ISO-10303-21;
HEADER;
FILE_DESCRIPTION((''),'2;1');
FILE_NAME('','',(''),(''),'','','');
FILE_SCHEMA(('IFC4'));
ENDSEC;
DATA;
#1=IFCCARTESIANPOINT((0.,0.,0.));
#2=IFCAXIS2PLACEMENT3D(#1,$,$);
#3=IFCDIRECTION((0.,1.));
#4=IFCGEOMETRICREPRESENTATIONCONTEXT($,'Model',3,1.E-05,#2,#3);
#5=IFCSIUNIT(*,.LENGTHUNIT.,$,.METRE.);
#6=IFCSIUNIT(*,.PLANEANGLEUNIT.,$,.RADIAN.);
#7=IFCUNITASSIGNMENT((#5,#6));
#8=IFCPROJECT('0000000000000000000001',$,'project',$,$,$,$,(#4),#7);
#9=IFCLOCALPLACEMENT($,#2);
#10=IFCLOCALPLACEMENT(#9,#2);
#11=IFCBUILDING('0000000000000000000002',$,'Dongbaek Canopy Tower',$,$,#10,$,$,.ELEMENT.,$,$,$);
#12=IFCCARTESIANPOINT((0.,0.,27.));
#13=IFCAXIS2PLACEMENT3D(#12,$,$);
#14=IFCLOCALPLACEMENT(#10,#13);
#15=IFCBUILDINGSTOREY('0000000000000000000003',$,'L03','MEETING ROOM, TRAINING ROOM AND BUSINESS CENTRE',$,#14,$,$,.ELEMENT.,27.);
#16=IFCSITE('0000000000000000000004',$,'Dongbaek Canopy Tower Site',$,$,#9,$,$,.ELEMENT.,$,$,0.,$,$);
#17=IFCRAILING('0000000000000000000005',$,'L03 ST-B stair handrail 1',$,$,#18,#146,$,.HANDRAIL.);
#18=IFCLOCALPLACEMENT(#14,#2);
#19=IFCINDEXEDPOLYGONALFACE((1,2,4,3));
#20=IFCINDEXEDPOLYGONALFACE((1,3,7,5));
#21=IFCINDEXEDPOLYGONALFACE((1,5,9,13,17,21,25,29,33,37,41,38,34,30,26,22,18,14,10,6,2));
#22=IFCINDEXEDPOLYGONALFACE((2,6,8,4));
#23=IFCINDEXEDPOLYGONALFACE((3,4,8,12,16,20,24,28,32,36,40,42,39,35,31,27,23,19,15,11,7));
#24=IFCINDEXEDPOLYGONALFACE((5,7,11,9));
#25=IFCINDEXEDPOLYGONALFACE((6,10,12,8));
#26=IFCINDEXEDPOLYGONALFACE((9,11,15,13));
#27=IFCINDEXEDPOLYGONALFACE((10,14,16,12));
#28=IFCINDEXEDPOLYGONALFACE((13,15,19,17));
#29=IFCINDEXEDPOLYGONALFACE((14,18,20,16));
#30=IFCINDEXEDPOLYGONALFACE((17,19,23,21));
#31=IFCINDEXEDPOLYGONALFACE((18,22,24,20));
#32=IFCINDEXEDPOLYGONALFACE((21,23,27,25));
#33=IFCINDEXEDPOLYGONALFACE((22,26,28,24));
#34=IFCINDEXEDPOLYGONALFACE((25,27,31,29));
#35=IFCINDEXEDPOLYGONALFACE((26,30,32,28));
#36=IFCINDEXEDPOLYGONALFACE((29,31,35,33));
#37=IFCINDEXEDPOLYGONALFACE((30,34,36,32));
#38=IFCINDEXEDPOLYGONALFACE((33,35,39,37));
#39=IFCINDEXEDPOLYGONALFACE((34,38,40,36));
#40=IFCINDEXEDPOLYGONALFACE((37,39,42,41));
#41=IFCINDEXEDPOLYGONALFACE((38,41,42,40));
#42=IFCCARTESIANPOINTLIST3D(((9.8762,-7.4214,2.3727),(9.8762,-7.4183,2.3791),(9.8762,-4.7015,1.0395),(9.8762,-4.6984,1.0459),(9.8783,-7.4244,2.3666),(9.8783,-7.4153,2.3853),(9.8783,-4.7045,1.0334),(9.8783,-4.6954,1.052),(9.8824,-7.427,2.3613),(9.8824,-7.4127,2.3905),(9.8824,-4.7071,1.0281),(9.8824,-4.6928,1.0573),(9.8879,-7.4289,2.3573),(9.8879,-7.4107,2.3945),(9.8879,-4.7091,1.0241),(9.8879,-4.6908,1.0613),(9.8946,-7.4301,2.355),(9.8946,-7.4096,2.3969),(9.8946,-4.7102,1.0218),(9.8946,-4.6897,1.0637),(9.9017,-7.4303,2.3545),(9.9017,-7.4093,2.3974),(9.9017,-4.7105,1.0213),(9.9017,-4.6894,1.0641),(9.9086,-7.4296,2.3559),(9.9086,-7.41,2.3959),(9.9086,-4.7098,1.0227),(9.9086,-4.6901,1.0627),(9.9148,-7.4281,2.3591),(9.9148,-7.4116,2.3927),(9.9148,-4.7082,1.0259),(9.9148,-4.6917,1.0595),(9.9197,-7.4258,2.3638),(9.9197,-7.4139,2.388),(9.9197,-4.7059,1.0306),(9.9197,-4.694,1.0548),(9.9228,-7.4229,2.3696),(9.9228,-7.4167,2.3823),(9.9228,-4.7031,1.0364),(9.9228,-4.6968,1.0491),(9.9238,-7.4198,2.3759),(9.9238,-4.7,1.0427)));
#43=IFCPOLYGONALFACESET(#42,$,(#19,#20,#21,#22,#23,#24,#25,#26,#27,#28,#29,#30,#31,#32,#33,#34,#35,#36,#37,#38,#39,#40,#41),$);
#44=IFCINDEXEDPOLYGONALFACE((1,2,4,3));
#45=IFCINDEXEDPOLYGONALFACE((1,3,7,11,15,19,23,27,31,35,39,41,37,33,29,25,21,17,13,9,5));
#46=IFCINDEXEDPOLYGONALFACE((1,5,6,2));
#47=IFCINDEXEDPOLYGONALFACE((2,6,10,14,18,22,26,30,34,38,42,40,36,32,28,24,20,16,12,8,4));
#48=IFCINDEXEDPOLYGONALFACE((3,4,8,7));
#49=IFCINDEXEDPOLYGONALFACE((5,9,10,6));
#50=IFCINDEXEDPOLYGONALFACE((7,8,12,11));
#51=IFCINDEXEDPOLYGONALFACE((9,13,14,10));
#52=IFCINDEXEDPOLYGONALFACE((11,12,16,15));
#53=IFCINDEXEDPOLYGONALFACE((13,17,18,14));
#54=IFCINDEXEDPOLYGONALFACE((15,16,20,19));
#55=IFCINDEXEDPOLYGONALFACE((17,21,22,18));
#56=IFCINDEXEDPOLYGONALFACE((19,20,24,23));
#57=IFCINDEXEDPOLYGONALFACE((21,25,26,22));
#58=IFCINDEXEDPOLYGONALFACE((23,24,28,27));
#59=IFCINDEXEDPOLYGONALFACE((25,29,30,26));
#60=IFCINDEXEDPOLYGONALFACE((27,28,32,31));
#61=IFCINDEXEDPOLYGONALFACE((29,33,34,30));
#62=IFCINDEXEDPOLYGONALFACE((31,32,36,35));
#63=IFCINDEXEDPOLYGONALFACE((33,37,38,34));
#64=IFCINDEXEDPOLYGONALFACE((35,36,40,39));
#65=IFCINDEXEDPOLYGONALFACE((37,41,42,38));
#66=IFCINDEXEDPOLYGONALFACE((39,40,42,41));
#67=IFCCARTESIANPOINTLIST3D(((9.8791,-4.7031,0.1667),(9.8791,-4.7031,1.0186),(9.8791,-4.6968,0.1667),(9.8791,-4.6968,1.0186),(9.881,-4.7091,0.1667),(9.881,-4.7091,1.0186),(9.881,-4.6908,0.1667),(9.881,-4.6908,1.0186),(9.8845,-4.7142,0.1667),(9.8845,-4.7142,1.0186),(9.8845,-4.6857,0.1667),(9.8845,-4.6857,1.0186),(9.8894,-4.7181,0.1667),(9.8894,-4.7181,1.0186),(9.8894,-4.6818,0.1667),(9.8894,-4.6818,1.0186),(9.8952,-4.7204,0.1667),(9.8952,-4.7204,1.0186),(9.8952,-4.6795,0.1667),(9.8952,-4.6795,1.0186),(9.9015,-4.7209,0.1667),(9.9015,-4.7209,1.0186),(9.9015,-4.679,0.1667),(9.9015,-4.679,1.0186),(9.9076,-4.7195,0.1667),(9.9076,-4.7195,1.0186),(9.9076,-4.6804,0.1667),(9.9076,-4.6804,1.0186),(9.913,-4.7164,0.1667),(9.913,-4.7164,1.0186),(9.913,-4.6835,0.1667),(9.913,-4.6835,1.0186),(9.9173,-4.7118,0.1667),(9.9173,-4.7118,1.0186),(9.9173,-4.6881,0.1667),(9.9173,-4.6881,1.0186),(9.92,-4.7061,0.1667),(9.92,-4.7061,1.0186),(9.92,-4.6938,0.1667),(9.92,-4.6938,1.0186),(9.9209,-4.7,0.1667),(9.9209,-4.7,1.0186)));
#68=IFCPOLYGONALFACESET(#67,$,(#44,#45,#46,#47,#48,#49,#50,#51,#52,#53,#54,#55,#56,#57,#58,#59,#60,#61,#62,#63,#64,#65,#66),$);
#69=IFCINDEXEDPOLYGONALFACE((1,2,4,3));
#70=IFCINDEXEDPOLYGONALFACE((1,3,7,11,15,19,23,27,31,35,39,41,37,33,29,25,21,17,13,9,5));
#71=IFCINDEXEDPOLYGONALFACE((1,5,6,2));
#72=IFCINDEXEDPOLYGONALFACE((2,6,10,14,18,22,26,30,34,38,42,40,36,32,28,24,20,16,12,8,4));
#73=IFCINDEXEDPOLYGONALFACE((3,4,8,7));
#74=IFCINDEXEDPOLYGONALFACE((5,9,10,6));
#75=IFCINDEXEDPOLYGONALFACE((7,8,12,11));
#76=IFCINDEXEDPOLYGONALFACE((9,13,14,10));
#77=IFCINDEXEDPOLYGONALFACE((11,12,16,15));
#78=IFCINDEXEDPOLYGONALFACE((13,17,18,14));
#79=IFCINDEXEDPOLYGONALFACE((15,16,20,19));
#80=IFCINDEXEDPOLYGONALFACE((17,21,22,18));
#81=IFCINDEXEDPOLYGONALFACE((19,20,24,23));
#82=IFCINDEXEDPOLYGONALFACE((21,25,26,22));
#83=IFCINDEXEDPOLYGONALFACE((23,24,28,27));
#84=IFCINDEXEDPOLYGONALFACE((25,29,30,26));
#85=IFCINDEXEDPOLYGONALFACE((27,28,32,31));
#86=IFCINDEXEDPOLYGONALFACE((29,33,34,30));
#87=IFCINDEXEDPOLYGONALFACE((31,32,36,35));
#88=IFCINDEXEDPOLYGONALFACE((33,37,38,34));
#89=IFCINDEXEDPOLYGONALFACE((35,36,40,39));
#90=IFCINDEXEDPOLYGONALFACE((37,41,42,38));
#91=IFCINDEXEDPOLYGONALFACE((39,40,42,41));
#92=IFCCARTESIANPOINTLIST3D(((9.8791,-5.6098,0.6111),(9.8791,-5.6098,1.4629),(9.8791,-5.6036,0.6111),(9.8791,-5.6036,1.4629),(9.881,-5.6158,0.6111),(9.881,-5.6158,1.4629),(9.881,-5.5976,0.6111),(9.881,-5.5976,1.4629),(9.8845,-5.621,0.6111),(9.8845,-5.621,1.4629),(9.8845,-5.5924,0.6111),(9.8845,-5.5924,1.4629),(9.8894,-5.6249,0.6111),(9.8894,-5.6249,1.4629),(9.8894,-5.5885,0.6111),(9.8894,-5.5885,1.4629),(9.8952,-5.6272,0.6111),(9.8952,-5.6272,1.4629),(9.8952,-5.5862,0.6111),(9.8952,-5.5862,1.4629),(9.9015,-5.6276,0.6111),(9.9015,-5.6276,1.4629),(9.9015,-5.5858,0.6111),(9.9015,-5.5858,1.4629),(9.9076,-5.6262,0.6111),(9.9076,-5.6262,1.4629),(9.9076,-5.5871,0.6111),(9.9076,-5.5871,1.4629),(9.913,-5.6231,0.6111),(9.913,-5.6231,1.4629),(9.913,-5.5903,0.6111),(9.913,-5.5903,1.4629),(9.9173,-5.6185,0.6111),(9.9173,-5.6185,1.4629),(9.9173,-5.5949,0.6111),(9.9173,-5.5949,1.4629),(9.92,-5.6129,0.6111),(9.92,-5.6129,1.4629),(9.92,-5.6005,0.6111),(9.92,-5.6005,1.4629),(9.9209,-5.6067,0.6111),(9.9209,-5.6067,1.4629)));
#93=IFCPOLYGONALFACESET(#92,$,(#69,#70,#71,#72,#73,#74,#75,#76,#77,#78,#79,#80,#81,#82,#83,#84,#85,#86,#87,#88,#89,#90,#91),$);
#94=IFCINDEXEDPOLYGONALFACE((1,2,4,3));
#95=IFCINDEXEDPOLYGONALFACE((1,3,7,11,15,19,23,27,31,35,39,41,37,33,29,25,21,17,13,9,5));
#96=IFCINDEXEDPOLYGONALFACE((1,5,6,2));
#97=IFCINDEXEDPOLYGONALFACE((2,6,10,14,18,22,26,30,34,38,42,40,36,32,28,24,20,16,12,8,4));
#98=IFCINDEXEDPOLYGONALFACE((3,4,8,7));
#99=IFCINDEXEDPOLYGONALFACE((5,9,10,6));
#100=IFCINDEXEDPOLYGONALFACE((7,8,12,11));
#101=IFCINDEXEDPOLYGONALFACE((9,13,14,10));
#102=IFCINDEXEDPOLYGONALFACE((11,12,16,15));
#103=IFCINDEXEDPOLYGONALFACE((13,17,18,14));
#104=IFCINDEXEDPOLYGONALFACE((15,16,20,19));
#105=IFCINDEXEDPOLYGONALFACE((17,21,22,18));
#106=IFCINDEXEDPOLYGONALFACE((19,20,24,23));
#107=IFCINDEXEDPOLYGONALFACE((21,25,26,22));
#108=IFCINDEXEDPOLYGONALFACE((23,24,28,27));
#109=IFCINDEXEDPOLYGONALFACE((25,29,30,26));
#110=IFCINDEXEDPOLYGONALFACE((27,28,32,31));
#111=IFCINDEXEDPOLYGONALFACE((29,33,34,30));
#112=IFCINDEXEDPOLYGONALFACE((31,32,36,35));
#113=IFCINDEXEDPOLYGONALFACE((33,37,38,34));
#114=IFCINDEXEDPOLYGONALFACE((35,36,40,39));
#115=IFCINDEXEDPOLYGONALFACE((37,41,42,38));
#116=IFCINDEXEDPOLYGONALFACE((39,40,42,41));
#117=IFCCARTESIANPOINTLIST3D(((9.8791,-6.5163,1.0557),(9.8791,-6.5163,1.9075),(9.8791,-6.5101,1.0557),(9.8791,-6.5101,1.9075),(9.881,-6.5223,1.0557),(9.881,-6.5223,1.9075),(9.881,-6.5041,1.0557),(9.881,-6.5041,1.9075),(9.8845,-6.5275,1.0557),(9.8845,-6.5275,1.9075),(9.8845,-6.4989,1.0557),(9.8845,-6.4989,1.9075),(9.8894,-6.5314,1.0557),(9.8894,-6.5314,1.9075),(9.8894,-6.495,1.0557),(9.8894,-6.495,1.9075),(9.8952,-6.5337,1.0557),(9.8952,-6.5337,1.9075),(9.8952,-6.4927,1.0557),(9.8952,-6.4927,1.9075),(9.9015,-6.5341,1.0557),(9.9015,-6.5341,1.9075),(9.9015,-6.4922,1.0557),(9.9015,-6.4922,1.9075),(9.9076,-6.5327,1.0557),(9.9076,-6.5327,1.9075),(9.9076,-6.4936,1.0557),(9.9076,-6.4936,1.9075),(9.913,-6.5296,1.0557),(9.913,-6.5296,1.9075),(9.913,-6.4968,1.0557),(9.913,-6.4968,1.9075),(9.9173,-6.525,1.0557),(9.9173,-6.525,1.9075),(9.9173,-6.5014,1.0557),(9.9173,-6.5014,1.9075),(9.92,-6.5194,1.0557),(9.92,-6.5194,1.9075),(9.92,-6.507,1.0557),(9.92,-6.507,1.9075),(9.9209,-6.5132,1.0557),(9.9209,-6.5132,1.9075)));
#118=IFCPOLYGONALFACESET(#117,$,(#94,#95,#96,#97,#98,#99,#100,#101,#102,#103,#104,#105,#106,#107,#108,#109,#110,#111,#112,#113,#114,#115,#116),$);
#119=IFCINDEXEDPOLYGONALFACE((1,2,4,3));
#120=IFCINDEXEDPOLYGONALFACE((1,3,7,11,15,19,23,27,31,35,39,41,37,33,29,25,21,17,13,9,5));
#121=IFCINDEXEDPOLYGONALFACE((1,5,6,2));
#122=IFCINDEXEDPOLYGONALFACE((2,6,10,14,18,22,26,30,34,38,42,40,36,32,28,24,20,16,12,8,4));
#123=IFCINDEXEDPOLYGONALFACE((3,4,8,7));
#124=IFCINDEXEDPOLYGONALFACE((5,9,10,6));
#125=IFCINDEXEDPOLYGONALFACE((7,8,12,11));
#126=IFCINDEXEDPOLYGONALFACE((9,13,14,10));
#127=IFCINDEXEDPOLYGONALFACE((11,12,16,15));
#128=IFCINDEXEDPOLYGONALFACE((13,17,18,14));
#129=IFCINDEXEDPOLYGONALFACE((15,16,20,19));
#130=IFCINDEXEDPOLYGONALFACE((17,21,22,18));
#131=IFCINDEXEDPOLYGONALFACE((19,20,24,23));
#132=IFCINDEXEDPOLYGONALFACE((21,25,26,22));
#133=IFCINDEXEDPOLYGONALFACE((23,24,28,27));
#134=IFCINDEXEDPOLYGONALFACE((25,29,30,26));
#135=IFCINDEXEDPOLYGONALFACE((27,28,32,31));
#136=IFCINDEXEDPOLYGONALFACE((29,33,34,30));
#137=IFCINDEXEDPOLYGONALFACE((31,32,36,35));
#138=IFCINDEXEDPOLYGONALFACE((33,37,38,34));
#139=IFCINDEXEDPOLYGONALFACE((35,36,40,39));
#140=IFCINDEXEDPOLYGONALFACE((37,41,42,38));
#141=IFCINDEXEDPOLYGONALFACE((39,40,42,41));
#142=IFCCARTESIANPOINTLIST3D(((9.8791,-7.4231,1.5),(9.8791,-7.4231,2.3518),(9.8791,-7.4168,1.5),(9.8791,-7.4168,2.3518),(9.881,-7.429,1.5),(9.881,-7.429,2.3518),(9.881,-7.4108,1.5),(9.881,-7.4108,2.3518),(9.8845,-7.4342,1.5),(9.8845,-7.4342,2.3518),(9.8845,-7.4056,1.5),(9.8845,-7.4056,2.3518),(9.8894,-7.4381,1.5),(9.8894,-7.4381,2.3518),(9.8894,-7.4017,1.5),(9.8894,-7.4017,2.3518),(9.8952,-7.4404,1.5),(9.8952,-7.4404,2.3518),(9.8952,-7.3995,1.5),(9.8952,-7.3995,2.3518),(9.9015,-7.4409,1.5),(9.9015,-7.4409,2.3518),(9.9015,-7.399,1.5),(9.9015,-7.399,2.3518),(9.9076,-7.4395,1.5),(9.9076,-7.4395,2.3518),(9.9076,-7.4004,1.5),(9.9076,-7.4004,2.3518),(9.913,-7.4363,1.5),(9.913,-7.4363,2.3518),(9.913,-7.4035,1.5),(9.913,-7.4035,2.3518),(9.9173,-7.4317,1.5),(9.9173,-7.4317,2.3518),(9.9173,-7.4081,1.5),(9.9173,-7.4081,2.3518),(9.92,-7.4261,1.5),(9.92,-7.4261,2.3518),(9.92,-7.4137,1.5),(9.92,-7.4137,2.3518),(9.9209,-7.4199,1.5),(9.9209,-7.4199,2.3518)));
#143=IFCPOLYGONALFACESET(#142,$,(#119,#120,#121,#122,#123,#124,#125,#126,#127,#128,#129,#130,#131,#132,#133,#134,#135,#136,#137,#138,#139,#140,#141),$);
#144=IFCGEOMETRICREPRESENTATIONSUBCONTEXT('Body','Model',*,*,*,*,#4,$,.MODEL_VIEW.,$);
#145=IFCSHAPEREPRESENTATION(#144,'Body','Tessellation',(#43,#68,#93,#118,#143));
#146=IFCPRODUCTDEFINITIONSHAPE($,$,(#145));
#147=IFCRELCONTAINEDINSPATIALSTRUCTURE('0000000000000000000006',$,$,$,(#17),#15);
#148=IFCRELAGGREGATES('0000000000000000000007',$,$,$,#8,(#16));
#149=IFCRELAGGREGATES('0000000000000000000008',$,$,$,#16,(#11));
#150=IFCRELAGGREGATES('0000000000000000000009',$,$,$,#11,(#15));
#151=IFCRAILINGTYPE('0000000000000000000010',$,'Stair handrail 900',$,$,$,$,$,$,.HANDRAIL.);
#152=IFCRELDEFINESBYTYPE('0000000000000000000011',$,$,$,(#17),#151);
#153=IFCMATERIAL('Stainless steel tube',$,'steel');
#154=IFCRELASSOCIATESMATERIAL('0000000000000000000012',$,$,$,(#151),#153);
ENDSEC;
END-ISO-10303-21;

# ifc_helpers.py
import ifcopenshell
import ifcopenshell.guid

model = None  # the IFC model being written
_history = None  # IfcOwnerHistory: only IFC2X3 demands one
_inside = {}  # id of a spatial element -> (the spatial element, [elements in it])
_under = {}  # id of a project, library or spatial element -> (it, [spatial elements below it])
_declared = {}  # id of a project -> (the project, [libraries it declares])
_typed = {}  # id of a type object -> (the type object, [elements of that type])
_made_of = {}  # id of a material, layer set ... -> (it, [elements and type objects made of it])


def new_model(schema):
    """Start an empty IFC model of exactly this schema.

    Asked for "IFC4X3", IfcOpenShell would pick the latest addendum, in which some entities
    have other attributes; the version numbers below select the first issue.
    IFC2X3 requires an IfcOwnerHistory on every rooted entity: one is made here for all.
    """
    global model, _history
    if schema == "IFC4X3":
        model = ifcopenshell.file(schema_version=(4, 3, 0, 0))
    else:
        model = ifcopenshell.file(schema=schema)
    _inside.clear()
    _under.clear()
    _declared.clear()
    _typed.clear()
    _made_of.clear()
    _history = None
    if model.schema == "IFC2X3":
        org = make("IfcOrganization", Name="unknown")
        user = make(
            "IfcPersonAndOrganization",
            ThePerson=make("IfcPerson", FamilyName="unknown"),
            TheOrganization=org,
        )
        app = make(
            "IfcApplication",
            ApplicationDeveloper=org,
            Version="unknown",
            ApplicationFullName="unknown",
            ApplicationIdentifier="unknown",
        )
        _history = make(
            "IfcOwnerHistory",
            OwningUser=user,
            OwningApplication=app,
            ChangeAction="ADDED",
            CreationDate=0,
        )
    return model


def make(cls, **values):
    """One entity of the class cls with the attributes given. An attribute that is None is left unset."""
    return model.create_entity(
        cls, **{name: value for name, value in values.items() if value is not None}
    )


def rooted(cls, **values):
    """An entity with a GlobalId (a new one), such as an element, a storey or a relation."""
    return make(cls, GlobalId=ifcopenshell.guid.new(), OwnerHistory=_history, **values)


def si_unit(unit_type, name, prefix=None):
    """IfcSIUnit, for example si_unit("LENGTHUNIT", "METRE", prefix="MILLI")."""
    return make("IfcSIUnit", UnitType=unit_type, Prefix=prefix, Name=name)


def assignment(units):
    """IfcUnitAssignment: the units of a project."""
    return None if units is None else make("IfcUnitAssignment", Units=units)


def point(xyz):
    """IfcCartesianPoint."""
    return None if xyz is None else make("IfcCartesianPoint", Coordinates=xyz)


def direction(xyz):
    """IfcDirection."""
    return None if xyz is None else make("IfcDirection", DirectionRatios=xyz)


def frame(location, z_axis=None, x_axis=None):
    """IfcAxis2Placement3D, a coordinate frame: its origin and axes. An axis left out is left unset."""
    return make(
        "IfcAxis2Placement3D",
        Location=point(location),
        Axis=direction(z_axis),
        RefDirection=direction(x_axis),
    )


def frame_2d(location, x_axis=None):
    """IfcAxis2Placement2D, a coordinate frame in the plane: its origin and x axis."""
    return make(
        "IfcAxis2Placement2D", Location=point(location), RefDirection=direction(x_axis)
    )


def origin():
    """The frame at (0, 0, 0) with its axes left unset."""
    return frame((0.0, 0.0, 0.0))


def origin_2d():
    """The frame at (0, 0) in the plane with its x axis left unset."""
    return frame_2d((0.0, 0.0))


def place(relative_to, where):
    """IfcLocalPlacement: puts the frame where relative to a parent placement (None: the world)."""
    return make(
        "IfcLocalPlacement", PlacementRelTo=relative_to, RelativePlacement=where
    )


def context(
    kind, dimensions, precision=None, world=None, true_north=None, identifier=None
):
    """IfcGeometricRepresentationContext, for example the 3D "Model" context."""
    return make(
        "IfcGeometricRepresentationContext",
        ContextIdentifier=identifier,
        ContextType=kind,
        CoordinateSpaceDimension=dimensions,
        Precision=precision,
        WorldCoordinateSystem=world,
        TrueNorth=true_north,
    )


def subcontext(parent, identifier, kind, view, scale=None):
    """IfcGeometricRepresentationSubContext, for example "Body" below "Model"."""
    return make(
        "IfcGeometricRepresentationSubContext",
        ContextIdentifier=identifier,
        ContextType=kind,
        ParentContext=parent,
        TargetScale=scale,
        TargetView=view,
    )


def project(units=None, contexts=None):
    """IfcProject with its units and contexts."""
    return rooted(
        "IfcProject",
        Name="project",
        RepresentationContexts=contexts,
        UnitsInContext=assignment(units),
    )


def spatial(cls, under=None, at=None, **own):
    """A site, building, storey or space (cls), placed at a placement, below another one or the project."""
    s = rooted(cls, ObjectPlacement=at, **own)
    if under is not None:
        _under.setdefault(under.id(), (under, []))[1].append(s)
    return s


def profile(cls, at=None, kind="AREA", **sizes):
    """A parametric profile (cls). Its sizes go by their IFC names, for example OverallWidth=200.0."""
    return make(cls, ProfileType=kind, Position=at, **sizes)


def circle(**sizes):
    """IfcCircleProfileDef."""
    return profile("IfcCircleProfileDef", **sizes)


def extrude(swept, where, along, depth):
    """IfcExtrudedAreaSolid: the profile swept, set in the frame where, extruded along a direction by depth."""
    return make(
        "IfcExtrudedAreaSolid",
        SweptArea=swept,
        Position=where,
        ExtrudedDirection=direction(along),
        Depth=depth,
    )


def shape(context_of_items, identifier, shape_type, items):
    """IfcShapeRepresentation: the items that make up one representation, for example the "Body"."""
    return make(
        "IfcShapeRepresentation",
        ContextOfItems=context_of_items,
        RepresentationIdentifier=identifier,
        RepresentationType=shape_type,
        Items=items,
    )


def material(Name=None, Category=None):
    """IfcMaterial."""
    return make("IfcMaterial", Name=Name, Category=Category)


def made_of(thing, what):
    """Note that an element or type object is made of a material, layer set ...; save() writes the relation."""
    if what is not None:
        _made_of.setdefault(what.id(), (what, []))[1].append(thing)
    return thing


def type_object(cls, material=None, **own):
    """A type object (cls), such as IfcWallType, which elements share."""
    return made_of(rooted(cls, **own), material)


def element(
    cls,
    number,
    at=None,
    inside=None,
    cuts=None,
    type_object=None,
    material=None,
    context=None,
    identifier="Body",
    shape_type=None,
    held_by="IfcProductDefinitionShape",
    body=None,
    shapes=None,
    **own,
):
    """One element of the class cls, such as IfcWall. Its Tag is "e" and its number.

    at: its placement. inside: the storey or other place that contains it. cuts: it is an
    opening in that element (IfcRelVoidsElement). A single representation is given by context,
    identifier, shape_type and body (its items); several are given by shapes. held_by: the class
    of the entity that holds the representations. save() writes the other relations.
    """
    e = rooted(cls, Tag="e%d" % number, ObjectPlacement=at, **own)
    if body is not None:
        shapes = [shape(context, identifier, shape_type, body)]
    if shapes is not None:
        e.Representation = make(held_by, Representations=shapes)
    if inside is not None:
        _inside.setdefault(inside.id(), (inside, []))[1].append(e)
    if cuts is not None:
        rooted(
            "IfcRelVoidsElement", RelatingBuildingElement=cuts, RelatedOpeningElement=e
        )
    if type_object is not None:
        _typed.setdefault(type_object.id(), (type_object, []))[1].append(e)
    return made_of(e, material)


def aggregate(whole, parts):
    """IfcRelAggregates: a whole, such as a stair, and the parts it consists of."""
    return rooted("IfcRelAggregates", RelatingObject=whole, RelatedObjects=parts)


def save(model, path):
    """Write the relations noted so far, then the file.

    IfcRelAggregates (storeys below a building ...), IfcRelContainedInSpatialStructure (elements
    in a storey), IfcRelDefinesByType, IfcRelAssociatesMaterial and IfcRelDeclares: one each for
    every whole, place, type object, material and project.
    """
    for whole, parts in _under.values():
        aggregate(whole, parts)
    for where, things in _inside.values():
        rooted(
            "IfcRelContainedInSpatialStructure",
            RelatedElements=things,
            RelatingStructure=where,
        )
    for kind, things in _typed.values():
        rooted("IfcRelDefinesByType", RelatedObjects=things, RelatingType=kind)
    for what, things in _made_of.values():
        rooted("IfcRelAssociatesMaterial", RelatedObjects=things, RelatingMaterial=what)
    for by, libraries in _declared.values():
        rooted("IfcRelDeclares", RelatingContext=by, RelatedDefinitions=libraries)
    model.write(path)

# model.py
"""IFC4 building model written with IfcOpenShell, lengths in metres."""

from ifc_helpers import new_model, si_unit, direction, frame, origin, origin_2d, place, context, subcontext, project, spatial, circle, extrude, material, type_object, element, save


model = new_model("IFC4")

# Units and contexts
model_context = context("Model", 3, precision=1e-05, world=origin(), true_north=direction((0.0, 1.0)))
body_context = subcontext(model_context, "Body", "Model", "MODEL_VIEW")
ifc_project = project(units=[si_unit("LENGTHUNIT", "METRE"), si_unit("PLANEANGLEUNIT", "RADIAN")], contexts=[model_context])

# Site, building, storey
site_placement = place(None, origin())
site = spatial("IfcSite", under=ifc_project, at=site_placement, Name="Dongbaek Canopy Tower Site", CompositionType="ELEMENT", RefElevation=0.0)
building_placement = place(site_placement, origin())
building = spatial("IfcBuilding", under=site, at=building_placement, Name="Dongbaek Canopy Tower", CompositionType="ELEMENT")
storey_placement = place(building_placement, frame((0.0, 0.0, 27.0)))
storey = spatial("IfcBuildingStorey", under=building, at=storey_placement, Name="L03", Description="MEETING ROOM, TRAINING ROOM AND BUSINESS CENTRE", CompositionType="ELEMENT", Elevation=27.0)

# Railing
ifc_material_1 = material(Name="Stainless steel tube", Category="steel")
railing_type_1 = type_object("IfcRailingType", Name="Stair handrail 900", PredefinedType="HANDRAIL", material=ifc_material_1)
railing_1_placement = place(storey_placement, frame((9.8999, -4.7, 0.1667)))
element("IfcRailing", 1, at=railing_1_placement, inside=storey, type_object=railing_type_1, Name="L03 ST-B stair handrail 1", PredefinedType="HANDRAIL", context=body_context, shape_type="SweptSolid", body=[
    extrude(circle(Radius=0.0239, at=origin_2d()), frame((0.0, 0.0, 0.876), z_axis=(0.0, -0.897929, 0.440139), x_axis=(1.0, 0.0, 0.0)), (0.0, 0.0, 1.0), 3.0291),
    extrude(circle(Radius=0.021, at=origin_2d()), origin(), (0.0, 0.0, 1.0), 0.8518),
    extrude(circle(Radius=0.021, at=origin_2d()), frame((0.0, -0.9067, 0.4443)), (0.0, 0.0, 1.0), 0.8518),
    extrude(circle(Radius=0.021, at=origin_2d()), frame((0.0, -1.8132, 0.8889)), (0.0, 0.0, 1.0), 0.8518),
    extrude(circle(Radius=0.021, at=origin_2d()), frame((0.0, -2.72, 1.3333)), (0.0, 0.0, 1.0), 0.8518),
])

save(model, "model.ifc")
